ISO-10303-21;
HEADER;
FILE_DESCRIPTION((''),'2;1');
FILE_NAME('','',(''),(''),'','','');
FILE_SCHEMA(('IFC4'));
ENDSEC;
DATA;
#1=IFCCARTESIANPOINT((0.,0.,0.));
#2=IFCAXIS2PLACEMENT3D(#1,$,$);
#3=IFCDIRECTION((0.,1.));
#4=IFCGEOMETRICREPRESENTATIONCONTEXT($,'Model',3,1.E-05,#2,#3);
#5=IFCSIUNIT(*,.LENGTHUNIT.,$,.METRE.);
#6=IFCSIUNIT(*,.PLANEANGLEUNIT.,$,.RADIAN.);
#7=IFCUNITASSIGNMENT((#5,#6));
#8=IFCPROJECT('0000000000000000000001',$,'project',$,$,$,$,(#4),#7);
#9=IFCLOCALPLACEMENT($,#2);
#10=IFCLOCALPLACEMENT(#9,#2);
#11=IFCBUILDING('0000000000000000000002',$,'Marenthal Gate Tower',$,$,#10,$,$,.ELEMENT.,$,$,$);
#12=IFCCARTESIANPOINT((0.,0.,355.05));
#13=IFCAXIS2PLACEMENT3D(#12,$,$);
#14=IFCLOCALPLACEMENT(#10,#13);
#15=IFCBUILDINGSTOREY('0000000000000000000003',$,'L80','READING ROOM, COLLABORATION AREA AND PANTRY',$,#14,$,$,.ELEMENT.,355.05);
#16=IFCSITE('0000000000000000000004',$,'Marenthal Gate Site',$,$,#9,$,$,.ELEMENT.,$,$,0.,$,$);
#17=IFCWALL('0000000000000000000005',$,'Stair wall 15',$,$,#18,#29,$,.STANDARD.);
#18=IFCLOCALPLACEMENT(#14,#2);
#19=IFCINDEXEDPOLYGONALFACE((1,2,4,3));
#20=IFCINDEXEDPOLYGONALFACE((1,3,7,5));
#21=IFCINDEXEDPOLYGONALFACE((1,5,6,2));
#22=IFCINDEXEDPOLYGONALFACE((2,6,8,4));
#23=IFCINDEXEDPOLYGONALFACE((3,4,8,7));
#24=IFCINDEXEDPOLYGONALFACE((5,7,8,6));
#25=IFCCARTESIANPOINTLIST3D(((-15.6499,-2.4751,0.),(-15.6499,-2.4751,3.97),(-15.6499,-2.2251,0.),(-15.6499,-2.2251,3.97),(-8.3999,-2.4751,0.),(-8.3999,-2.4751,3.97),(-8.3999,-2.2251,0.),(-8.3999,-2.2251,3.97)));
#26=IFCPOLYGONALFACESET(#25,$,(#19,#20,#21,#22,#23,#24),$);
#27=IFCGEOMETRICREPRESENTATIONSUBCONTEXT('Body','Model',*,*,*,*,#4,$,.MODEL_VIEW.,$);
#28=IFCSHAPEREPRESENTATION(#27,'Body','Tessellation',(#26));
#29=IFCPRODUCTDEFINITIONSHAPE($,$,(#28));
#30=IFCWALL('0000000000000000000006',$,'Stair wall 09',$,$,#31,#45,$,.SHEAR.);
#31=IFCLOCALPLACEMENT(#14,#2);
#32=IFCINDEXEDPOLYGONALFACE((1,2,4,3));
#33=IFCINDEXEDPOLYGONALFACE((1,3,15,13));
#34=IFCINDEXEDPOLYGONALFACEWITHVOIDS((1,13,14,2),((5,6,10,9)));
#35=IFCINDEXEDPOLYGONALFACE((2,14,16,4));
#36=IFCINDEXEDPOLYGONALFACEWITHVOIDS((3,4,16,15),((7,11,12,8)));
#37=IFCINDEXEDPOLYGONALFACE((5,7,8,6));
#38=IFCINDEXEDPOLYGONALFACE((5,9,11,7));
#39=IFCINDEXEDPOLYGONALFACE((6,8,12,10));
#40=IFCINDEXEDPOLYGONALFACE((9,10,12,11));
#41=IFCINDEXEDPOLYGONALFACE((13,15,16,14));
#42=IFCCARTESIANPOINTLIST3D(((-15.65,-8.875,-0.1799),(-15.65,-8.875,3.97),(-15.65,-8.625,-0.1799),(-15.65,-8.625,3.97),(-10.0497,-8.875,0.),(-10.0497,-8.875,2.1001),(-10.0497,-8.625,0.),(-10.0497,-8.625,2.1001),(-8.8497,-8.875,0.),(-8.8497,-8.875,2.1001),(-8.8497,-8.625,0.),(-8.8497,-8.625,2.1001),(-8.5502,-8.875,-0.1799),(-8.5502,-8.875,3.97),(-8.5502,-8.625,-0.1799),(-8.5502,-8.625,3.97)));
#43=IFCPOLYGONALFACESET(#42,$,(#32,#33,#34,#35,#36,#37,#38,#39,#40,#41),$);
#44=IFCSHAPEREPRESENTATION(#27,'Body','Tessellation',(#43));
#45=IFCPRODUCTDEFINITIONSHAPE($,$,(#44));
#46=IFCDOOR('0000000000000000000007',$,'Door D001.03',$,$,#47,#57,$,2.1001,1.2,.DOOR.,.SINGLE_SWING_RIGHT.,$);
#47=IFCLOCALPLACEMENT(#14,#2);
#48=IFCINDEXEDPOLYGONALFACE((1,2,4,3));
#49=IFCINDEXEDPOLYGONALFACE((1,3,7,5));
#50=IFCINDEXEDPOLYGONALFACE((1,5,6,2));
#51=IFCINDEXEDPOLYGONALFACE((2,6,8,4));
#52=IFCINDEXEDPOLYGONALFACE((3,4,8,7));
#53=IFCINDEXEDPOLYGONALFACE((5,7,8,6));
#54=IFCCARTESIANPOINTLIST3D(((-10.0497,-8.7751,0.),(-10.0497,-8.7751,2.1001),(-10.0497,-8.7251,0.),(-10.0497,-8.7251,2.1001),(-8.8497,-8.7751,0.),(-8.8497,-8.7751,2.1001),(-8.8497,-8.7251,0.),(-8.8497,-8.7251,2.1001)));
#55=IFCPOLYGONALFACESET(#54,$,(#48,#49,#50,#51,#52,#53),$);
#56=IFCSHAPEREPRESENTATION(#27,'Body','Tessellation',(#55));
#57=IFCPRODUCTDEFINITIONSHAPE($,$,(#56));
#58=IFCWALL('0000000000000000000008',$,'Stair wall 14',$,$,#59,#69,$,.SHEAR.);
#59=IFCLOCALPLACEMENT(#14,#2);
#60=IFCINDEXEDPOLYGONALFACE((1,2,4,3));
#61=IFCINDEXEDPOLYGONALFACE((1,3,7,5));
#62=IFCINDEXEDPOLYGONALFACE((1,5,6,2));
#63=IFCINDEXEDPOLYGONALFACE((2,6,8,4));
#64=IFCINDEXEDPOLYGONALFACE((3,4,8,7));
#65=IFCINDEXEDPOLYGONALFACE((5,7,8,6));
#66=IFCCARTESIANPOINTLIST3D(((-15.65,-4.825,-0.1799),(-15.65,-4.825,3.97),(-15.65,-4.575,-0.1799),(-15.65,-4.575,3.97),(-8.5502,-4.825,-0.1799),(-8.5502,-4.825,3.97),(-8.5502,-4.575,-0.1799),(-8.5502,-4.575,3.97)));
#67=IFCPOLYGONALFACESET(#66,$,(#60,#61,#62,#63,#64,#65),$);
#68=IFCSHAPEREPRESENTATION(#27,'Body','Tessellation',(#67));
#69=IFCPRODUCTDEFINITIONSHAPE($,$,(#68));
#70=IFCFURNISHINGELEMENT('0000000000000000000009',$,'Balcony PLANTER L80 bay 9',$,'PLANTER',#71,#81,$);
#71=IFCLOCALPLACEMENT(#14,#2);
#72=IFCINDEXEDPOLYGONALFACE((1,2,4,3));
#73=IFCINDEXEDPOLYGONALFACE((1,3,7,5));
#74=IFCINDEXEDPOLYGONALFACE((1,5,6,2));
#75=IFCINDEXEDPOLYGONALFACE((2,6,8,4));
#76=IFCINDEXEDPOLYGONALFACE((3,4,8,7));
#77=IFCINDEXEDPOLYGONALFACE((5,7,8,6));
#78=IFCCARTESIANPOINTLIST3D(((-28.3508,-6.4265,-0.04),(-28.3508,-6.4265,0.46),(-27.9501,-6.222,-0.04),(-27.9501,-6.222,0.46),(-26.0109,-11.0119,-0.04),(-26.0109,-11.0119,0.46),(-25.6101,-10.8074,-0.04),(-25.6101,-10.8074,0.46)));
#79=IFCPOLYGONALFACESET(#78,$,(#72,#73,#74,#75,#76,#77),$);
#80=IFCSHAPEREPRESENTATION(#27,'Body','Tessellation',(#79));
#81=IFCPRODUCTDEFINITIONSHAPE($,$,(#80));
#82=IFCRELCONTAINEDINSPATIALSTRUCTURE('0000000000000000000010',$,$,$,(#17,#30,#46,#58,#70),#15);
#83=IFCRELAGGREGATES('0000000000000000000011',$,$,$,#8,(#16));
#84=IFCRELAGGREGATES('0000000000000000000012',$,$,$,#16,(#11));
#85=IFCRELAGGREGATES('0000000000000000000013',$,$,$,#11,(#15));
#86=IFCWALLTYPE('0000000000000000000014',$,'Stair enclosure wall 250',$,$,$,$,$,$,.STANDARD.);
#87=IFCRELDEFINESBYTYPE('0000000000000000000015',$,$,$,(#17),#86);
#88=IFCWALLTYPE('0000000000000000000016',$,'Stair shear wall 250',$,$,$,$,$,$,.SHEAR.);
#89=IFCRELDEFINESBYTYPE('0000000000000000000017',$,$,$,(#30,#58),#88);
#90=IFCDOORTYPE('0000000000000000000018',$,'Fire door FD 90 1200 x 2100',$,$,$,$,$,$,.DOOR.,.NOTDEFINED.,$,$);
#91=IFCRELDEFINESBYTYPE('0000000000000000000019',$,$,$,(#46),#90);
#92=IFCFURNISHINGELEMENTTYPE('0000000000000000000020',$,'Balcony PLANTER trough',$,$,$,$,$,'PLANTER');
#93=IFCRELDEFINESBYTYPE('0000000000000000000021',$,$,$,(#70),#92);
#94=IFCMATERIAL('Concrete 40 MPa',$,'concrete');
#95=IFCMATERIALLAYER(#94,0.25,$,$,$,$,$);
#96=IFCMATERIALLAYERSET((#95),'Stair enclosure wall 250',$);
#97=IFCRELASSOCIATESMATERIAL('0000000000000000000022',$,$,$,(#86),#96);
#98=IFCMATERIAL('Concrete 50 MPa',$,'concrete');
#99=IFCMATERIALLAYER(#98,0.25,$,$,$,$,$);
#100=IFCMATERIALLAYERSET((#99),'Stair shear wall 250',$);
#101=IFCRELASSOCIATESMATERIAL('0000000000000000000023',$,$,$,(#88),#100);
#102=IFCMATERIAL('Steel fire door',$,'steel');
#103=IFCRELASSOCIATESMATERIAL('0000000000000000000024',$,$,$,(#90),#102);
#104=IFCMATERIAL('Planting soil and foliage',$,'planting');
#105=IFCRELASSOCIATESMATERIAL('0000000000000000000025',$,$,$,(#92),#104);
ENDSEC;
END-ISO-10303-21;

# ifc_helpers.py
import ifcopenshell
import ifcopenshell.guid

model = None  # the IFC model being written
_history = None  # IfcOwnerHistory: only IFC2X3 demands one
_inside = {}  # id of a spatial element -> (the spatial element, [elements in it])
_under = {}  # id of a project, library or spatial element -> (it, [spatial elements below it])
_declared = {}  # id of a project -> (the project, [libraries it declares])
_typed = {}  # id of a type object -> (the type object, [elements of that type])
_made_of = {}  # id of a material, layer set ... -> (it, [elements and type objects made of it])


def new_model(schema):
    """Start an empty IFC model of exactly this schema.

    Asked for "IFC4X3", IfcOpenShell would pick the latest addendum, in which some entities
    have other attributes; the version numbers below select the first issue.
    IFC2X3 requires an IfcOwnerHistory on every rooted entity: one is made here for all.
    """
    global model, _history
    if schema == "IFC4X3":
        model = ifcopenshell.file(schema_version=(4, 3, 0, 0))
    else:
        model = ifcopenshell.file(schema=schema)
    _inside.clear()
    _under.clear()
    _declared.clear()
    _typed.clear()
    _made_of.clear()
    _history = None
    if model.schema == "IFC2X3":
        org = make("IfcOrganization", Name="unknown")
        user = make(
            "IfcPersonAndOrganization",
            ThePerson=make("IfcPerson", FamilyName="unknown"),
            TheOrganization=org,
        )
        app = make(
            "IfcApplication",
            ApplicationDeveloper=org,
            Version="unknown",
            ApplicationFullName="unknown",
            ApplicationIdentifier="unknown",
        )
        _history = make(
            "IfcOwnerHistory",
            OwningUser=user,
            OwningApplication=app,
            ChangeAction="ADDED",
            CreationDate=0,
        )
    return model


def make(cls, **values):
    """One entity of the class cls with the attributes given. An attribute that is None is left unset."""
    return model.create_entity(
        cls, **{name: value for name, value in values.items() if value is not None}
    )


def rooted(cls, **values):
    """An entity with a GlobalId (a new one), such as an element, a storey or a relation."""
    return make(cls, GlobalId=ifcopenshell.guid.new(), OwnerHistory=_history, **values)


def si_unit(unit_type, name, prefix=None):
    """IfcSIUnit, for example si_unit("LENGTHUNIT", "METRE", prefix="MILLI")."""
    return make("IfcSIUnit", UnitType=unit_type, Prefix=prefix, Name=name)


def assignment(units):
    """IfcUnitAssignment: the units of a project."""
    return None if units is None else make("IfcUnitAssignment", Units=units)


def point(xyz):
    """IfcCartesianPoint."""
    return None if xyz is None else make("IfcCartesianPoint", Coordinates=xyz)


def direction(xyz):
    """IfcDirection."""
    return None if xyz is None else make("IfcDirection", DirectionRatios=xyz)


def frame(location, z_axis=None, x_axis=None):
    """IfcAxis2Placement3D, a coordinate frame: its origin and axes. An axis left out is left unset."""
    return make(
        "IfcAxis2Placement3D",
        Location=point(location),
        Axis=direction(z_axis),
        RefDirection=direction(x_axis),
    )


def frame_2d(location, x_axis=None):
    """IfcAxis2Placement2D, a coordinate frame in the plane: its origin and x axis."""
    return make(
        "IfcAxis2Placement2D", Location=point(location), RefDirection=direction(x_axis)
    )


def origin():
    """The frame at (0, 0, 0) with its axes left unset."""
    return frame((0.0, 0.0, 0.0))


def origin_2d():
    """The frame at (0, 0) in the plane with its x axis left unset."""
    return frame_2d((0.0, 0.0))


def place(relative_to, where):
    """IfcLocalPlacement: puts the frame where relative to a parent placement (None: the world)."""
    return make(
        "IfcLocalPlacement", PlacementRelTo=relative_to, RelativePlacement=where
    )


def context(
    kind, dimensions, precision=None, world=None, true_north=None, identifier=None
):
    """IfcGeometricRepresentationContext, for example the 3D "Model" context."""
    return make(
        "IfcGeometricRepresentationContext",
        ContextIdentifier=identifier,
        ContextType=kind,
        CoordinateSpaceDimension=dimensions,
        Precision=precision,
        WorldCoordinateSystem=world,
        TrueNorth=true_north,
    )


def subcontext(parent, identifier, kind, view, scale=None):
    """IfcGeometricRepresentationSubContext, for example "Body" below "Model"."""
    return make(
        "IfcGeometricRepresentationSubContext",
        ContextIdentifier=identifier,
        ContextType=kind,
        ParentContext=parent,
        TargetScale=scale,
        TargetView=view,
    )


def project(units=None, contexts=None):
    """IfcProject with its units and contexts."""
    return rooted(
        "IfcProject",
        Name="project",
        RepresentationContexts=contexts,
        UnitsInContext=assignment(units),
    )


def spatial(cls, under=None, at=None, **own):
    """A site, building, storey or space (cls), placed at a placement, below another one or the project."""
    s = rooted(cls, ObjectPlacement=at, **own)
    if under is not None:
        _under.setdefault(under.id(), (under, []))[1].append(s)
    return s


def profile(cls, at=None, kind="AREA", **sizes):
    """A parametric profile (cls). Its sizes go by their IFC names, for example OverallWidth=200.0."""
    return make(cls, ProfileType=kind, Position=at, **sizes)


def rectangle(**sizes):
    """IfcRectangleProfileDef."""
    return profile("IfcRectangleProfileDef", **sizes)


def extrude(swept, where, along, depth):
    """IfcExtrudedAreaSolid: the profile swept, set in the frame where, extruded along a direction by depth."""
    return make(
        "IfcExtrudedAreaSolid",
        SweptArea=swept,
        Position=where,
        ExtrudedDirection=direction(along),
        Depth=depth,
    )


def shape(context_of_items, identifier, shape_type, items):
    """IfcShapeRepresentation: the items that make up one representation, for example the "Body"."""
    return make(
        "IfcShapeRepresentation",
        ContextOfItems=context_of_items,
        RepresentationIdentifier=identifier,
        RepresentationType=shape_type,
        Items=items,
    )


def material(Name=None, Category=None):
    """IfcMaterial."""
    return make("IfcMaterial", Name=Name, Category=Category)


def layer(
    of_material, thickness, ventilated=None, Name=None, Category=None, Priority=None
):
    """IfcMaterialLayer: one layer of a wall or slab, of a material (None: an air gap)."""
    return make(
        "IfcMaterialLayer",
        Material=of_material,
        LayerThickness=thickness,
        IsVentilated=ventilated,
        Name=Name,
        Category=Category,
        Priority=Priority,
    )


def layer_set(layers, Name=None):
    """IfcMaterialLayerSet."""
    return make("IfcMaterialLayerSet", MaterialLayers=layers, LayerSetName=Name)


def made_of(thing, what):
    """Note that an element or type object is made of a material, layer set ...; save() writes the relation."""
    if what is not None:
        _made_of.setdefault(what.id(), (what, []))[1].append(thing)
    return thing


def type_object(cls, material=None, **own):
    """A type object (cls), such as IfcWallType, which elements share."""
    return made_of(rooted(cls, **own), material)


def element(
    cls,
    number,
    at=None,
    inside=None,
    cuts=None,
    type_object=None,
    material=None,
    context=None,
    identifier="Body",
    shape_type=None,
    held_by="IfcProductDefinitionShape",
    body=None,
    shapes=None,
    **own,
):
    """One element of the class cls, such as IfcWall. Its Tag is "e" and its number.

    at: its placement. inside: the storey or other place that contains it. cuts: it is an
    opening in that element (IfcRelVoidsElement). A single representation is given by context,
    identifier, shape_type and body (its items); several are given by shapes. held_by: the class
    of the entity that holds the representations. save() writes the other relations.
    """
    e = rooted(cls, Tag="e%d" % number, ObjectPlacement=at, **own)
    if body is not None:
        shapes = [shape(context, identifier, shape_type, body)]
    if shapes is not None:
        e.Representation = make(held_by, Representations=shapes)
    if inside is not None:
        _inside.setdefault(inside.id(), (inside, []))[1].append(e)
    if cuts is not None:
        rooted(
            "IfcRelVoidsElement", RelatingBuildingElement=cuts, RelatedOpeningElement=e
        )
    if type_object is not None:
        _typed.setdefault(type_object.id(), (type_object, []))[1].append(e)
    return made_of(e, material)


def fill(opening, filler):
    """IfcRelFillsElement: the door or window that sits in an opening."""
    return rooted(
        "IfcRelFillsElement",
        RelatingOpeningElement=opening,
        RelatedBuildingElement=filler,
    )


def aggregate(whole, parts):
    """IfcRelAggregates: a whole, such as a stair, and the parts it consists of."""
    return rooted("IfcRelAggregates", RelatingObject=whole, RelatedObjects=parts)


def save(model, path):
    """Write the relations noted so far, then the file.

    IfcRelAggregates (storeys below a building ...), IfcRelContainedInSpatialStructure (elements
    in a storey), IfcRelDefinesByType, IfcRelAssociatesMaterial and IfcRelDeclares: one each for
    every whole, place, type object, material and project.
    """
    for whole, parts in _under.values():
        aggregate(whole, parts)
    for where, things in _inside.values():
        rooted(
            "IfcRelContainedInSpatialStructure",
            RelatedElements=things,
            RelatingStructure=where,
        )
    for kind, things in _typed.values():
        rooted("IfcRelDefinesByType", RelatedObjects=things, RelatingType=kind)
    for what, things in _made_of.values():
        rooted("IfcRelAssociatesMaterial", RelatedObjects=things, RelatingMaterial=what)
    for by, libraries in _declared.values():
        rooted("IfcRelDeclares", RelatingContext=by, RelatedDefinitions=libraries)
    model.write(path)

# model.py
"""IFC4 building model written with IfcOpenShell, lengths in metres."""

from ifc_helpers import new_model, si_unit, direction, frame, frame_2d, origin, origin_2d, place, context, subcontext, project, spatial, rectangle, extrude, material, layer, layer_set, type_object, element, fill, save


model = new_model("IFC4")

# Units and contexts
model_context = context("Model", 3, precision=1e-05, world=origin(), true_north=direction((0.0, 1.0)))
body_context = subcontext(model_context, "Body", "Model", "MODEL_VIEW")
ifc_project = project(units=[si_unit("LENGTHUNIT", "METRE"), si_unit("PLANEANGLEUNIT", "RADIAN")], contexts=[model_context])

# Site, building, storey
site_placement = place(None, origin())
site = spatial("IfcSite", under=ifc_project, at=site_placement, Name="Marenthal Gate Site", CompositionType="ELEMENT", RefElevation=0.0)
building_placement = place(site_placement, origin())
building = spatial("IfcBuilding", under=site, at=building_placement, Name="Marenthal Gate Tower", CompositionType="ELEMENT")
storey_placement = place(building_placement, frame((0.0, 0.0, 355.05)))
storey = spatial("IfcBuildingStorey", under=building, at=storey_placement, Name="L80", Description="READING ROOM, COLLABORATION AREA AND PANTRY", CompositionType="ELEMENT", Elevation=355.05)

# Wall
ifc_material_1 = material(Name="Concrete 40 MPa", Category="concrete")
ifc_layer_1 = layer(ifc_material_1, 0.25)
ifc_layer_set_1 = layer_set([ifc_layer_1], Name="Stair enclosure wall 250")
wall_type_1 = type_object("IfcWallType", Name="Stair enclosure wall 250", PredefinedType="STANDARD", material=ifc_layer_set_1)
wall_1_placement = place(storey_placement, frame((-15.6499, -2.3501, 0.0), z_axis=(0.0, 0.0, 1.0), x_axis=(1.0, 0.0, 0.0)))
element("IfcWall", 1, at=wall_1_placement, inside=storey, type_object=wall_type_1, Name="Stair wall 15", PredefinedType="STANDARD", context=body_context, shape_type="SweptSolid", body=[
    extrude(rectangle(XDim=7.25, YDim=0.25, at=frame_2d((3.625, 0.0))), origin(), (0.0, 0.0, 1.0), 3.97),
])

# Wall, opening, door
ifc_material_2 = material(Name="Concrete 50 MPa", Category="concrete")
ifc_layer_2 = layer(ifc_material_2, 0.25)
ifc_layer_set_2 = layer_set([ifc_layer_2], Name="Stair shear wall 250")
wall_type_2 = type_object("IfcWallType", Name="Stair shear wall 250", PredefinedType="SHEAR", material=ifc_layer_set_2)
wall_2_placement = place(storey_placement, frame((-15.6499, -8.75, -0.1799), z_axis=(0.0, 0.0, 1.0), x_axis=(1.0, 0.0, 0.0)))
wall_2 = element("IfcWall", 2, at=wall_2_placement, inside=storey, type_object=wall_type_2, Name="Stair wall 09", PredefinedType="SHEAR", context=body_context, shape_type="SweptSolid", body=[
    extrude(rectangle(XDim=7.0999, YDim=0.25, at=frame_2d((3.5498, 0.0))), origin(), (0.0, 0.0, 1.0), 4.1499),
])
opening_1_placement = place(wall_2_placement, frame((5.6001, 0.0, 0.1799)))
opening_1 = element("IfcOpeningElement", 3, at=opening_1_placement, cuts=wall_2, PredefinedType="OPENING", context=body_context, shape_type="SweptSolid", body=[
    extrude(rectangle(XDim=1.2, YDim=2.1001, at=frame_2d((0.6001, 1.05))), frame((0.0, 0.135, 0.0), z_axis=(0.0, -1.0, 0.0), x_axis=(1.0, 0.0, 0.0)), (0.0, 0.0, 1.0), 0.27),
])
ifc_material_3 = material(Name="Steel fire door", Category="steel")
door_type_1 = type_object("IfcDoorType", Name="Fire door FD 90 1200 x 2100", OperationType="NOTDEFINED", PredefinedType="DOOR", material=ifc_material_3)
door_1_placement = place(opening_1_placement, origin())
door_1 = element("IfcDoor", 4, at=door_1_placement, inside=storey, type_object=door_type_1, Name="Door D001.03", OperationType="SINGLE_SWING_RIGHT", OverallHeight=2.1001, OverallWidth=1.2, PredefinedType="DOOR", context=body_context, shape_type="SweptSolid", body=[
    extrude(rectangle(XDim=1.2, YDim=2.1001, at=frame_2d((0.6001, 1.05))), frame((0.0, 0.0249, 0.0), z_axis=(0.0, -1.0, 0.0), x_axis=(1.0, 0.0, 0.0)), (0.0, 0.0, 1.0), 0.05),
])
fill(opening_1, door_1)

# Wall
wall_3_placement = place(storey_placement, frame((-15.6499, -4.7, -0.1799), z_axis=(0.0, 0.0, 1.0), x_axis=(1.0, 0.0, 0.0)))
element("IfcWall", 5, at=wall_3_placement, inside=storey, type_object=wall_type_2, Name="Stair wall 14", PredefinedType="SHEAR", context=body_context, shape_type="SweptSolid", body=[
    extrude(rectangle(XDim=7.0999, YDim=0.25, at=frame_2d((3.5498, 0.0))), origin(), (0.0, 0.0, 1.0), 4.1499),
])

# Furnishing element
ifc_material_4 = material(Name="Planting soil and foliage", Category="planting")
furnishing_element_type = type_object("IfcFurnishingElementType", Name="Balcony PLANTER trough", ElementType="PLANTER", material=ifc_material_4)
furnishing_placement = place(storey_placement, frame((-26.9805, -8.6169, -0.04), z_axis=(0.0, 0.0, 1.0), x_axis=(0.454546, -0.890723, 0.0)))
element("IfcFurnishingElement", 6, at=furnishing_placement, inside=storey, type_object=furnishing_element_type, Name="Balcony PLANTER L80 bay 9", ObjectType="PLANTER", context=body_context, shape_type="SweptSolid", body=[
    extrude(rectangle(XDim=5.1479, YDim=0.45, at=origin_2d()), origin(), (0.0, 0.0, 1.0), 0.5),
])

save(model, "model.ifc")
